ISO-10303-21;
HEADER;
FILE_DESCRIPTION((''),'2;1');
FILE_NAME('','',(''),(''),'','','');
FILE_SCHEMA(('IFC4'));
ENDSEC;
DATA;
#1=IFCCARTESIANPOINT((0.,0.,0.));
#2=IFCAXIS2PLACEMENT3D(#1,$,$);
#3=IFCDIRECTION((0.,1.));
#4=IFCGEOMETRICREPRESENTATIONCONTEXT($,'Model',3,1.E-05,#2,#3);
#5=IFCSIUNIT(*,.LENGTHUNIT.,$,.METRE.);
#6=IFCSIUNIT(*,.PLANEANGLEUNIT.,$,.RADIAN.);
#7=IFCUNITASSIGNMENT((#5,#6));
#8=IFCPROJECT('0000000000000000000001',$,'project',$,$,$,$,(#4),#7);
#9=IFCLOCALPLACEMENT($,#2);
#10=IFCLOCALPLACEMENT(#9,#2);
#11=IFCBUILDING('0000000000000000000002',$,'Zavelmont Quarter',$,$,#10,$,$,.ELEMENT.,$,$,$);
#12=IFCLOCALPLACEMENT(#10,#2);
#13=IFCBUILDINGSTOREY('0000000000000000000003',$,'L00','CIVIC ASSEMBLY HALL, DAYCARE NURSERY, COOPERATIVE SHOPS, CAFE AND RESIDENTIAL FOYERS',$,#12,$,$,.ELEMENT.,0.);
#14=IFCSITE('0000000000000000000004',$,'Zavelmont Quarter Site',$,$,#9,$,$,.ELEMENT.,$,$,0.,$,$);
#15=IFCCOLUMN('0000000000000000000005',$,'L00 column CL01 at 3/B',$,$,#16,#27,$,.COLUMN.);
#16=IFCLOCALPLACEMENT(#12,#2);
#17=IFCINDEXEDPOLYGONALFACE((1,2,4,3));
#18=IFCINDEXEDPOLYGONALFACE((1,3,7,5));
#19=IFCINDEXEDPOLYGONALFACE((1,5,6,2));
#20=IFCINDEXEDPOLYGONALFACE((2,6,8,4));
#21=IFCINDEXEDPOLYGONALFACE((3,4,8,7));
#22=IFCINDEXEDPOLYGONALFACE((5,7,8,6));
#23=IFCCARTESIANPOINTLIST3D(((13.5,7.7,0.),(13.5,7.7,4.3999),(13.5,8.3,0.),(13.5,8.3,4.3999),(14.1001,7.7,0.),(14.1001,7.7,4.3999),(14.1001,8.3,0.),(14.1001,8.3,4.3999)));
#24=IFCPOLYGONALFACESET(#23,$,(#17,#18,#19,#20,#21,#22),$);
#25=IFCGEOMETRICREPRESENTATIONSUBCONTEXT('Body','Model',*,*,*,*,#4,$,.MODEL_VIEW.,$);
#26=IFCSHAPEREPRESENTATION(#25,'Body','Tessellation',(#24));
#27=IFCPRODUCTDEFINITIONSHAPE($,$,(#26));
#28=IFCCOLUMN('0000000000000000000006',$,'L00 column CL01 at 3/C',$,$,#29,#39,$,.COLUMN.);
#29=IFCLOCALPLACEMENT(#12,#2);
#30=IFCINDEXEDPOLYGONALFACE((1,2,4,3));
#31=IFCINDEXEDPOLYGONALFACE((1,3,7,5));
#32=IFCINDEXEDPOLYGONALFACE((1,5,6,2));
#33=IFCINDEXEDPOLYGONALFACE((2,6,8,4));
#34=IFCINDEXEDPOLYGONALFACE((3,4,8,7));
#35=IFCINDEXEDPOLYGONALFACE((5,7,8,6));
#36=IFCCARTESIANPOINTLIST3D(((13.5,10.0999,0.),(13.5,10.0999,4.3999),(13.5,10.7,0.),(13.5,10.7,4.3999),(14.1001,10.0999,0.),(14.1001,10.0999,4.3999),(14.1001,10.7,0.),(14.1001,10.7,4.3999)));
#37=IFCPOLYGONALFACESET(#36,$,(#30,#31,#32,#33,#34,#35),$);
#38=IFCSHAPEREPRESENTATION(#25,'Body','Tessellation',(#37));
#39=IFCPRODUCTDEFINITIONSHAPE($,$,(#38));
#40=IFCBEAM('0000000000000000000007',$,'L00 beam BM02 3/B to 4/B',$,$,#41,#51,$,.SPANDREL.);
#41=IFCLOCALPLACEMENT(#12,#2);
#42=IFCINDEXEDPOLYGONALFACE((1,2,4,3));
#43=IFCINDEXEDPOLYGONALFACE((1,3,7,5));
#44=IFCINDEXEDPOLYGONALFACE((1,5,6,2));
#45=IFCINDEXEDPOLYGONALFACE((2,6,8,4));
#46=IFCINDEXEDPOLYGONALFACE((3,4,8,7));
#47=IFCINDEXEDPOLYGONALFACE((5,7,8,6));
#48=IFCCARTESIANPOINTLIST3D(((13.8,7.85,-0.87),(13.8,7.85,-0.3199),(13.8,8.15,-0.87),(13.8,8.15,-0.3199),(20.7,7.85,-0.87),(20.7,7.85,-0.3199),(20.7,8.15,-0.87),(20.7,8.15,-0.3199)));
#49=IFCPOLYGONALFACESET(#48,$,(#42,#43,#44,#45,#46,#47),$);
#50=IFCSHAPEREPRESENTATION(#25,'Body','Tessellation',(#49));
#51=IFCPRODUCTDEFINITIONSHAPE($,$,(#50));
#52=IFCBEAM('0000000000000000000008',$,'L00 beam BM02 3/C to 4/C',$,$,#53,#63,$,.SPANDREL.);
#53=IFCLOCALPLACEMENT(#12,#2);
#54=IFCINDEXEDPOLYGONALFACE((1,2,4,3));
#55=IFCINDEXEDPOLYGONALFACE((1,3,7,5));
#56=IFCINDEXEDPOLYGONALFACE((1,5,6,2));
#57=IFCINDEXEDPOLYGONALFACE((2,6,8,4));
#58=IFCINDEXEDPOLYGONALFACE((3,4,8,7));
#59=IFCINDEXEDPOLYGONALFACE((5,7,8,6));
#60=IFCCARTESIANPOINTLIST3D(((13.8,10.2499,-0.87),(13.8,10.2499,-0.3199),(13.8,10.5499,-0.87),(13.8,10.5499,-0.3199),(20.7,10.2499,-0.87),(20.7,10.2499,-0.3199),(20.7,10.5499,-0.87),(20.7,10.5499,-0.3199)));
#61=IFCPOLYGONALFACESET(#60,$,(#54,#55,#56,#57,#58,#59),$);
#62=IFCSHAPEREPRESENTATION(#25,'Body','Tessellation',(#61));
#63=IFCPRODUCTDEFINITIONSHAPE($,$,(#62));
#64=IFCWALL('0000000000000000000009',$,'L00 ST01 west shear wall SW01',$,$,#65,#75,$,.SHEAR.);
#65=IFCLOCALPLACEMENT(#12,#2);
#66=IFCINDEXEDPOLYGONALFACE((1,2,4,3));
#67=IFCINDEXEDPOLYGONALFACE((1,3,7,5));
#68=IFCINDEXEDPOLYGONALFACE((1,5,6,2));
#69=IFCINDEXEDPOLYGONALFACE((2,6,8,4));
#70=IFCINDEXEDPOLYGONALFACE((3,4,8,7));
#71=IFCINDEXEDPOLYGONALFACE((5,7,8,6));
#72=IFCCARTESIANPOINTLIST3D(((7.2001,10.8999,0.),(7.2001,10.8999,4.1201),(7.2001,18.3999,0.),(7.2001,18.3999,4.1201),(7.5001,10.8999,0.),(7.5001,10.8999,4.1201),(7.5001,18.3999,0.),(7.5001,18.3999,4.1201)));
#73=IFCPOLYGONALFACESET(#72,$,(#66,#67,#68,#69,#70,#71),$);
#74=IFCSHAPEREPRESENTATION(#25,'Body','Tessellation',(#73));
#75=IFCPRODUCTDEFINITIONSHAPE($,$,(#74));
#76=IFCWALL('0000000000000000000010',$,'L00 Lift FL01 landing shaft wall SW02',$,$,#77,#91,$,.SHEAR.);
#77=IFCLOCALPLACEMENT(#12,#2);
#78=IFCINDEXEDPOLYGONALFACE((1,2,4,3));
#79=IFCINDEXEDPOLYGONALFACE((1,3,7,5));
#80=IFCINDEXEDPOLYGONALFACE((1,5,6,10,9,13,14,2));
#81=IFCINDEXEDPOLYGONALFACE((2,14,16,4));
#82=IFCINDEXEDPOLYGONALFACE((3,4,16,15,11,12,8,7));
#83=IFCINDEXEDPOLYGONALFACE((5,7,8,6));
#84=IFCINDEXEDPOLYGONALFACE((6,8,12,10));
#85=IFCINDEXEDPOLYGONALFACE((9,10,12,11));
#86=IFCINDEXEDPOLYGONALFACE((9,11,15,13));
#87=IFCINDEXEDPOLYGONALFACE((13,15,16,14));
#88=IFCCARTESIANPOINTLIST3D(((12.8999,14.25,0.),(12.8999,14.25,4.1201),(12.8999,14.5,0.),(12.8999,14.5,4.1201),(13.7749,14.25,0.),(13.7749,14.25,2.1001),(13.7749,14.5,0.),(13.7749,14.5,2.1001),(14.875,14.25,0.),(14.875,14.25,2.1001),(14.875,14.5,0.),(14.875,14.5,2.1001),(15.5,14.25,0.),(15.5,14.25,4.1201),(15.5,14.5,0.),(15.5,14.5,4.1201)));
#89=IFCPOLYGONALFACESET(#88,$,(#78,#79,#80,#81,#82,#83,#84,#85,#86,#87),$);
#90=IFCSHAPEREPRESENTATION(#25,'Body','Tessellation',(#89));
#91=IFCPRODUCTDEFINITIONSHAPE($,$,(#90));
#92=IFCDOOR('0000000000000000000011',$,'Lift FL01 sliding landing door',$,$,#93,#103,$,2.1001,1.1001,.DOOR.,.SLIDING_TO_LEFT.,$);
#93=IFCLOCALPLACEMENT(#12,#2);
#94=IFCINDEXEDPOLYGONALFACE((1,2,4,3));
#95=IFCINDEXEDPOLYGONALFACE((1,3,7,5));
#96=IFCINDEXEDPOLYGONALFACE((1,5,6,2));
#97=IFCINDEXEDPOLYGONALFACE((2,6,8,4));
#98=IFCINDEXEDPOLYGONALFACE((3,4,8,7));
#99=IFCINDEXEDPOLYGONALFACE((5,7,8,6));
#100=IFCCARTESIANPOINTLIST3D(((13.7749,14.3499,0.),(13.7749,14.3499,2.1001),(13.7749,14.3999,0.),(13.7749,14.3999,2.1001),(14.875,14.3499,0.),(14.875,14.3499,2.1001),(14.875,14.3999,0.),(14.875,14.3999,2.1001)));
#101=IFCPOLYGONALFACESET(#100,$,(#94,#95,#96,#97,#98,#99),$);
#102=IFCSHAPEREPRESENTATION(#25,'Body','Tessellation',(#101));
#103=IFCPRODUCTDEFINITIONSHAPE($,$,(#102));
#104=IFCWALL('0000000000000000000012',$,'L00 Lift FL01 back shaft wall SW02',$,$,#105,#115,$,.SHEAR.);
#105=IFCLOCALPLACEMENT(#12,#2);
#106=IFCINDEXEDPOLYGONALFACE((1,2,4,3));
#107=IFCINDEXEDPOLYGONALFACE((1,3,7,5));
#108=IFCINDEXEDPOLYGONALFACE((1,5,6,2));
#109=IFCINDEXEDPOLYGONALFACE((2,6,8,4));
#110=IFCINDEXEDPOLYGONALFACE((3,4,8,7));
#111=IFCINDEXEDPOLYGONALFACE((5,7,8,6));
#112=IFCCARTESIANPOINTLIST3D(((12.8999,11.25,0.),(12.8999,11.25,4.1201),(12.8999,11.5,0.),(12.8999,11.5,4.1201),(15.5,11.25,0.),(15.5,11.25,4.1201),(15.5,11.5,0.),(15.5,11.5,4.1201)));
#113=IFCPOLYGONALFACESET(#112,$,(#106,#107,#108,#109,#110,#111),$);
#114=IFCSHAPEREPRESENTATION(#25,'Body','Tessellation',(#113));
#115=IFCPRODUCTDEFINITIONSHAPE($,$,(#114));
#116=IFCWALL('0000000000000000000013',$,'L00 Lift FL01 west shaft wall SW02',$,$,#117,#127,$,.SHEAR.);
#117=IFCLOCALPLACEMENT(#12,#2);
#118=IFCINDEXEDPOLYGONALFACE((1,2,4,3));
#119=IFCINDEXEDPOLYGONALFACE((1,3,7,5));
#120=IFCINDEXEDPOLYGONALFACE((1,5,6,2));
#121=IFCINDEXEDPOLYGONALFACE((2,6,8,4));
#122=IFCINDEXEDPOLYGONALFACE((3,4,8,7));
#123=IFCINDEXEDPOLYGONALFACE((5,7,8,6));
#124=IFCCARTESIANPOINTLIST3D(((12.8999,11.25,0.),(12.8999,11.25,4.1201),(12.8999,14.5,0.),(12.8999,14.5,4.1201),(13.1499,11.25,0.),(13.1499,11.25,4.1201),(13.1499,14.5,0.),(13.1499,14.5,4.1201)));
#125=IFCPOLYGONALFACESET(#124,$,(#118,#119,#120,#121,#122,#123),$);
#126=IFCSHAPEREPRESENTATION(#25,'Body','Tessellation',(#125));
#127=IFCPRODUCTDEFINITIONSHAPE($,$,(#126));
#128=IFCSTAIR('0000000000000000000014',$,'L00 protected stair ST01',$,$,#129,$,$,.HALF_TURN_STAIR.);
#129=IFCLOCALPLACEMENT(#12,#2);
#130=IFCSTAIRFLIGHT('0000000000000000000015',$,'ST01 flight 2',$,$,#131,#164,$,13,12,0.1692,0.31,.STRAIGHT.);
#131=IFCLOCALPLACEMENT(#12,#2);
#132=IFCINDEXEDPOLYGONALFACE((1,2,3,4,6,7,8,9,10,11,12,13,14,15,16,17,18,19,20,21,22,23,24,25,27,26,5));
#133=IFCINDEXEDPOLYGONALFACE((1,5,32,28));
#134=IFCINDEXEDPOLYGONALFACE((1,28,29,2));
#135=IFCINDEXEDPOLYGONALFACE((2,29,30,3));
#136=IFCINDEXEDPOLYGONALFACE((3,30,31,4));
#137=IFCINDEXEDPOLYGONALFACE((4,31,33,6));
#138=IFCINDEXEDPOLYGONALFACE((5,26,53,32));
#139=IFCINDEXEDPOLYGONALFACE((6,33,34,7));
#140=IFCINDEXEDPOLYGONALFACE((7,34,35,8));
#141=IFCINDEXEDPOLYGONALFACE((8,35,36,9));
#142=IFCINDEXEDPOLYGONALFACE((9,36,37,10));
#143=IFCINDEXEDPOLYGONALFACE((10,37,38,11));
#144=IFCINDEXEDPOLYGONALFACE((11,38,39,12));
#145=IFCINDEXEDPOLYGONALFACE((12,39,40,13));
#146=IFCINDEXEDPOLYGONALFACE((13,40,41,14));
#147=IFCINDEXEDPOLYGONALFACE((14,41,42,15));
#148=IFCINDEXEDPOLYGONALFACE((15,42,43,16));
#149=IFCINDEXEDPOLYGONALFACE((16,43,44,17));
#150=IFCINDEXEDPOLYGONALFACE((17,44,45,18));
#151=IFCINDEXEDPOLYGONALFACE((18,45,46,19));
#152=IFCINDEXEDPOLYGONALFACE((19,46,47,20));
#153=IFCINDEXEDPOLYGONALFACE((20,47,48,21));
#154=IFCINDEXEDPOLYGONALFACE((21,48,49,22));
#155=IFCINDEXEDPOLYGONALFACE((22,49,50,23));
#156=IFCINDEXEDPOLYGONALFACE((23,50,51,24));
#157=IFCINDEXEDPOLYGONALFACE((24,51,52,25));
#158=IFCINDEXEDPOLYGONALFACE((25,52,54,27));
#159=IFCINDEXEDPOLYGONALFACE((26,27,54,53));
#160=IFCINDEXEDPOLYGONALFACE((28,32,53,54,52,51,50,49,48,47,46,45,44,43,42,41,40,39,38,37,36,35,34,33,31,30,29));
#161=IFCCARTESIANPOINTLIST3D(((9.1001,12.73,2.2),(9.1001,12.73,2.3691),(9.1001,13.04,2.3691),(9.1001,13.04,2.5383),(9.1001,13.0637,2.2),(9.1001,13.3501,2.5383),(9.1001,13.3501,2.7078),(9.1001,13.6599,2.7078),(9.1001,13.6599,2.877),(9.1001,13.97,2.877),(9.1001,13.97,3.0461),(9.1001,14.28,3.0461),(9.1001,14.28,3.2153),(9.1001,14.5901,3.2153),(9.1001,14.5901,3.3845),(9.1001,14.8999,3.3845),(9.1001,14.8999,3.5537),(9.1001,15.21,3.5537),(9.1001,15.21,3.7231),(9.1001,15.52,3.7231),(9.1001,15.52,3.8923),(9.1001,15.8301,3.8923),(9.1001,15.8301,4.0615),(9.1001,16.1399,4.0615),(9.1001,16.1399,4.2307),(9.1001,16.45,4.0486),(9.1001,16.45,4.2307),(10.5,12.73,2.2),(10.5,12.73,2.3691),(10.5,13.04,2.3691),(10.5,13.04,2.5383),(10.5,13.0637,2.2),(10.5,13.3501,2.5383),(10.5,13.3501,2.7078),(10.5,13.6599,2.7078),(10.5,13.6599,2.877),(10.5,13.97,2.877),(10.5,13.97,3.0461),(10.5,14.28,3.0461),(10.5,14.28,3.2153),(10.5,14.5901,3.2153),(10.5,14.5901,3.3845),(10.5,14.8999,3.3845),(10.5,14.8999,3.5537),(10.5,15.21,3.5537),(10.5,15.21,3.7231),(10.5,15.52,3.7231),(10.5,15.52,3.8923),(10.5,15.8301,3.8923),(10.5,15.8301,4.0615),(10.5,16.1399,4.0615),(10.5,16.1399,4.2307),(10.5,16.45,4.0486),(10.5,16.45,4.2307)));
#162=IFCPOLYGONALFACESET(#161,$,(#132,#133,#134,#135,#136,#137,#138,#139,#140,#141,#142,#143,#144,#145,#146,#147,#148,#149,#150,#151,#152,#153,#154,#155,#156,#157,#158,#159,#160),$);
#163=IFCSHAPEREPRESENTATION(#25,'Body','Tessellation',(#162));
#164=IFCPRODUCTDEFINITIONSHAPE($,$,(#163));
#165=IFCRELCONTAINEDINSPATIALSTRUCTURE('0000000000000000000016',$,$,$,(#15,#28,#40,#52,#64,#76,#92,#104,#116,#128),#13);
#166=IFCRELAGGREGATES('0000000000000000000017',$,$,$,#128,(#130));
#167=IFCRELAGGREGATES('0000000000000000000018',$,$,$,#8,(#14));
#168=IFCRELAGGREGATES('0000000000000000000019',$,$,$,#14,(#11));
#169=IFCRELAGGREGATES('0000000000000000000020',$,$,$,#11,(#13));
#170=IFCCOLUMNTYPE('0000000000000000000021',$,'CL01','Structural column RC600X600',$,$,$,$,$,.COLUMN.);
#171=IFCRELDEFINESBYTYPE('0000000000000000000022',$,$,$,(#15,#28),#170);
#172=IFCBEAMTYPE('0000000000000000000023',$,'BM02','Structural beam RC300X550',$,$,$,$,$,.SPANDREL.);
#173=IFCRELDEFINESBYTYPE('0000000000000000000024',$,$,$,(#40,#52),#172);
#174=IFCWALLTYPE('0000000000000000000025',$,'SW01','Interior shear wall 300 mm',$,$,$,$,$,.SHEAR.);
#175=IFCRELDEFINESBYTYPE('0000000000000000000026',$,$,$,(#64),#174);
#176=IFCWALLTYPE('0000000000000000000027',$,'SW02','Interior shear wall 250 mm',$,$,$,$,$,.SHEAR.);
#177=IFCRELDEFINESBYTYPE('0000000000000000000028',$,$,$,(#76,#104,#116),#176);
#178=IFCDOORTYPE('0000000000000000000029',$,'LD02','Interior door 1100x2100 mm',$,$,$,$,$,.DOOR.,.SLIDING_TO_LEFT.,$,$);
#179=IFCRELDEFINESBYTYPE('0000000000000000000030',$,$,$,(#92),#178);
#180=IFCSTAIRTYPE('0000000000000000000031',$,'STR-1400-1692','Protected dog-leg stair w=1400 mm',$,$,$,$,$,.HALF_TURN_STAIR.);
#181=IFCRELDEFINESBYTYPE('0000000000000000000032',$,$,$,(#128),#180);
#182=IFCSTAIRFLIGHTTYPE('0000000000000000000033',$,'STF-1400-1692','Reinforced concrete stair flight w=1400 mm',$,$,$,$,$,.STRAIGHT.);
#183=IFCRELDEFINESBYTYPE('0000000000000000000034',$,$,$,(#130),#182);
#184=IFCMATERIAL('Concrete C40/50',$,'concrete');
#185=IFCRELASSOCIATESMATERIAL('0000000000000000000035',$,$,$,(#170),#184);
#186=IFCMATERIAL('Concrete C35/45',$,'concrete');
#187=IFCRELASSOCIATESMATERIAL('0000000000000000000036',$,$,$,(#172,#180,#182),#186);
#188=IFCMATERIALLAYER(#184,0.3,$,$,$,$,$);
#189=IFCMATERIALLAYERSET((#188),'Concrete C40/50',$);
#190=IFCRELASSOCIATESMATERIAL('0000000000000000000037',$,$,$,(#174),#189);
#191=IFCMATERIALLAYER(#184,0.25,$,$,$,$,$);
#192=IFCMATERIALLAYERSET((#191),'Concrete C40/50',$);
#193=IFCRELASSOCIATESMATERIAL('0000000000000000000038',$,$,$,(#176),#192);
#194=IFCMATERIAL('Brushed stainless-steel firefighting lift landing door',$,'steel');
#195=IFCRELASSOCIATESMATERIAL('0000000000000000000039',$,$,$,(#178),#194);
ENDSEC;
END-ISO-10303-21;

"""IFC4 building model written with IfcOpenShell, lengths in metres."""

from ifc_helpers import new_model, si_unit, direction, frame, frame_2d, origin, origin_with_axes, origin_2d, place, context, subcontext, project, spatial, polyline, rectangle, outline, extrude, material, layer, layer_set, material_profile, profile_set, type_object, element, fill, aggregate, save


model = new_model("IFC4")

# Units and contexts
model_context = context("Model", 3, precision=1e-05, world=origin(), true_north=direction((0.0, 1.0)))
body_context = subcontext(model_context, "Body", "Model", "MODEL_VIEW")
ifc_project = project(units=[si_unit("LENGTHUNIT", "METRE"), si_unit("PLANEANGLEUNIT", "RADIAN")], contexts=[model_context])

# Site, building, storey
site_placement = place(None, origin())
site = spatial("IfcSite", under=ifc_project, at=site_placement, Name="Zavelmont Quarter Site", CompositionType="ELEMENT", RefElevation=0.0)
building_placement = place(site_placement, origin())
building = spatial("IfcBuilding", under=site, at=building_placement, Name="Zavelmont Quarter", CompositionType="ELEMENT")
storey_placement = place(building_placement, origin())
storey = spatial("IfcBuildingStorey", under=building, at=storey_placement, Name="L00", Description="CIVIC ASSEMBLY HALL, DAYCARE NURSERY, COOPERATIVE SHOPS, CAFE AND RESIDENTIAL FOYERS", CompositionType="ELEMENT", Elevation=0.0)

# Columns
ifc_material_1 = material(Name="Concrete C40/50", Category="concrete")
ifc_material_profile_1 = material_profile(ifc_material_1, rectangle(XDim=0.6001, YDim=0.6001, at=origin_2d()), Name="RC600X600")
ifc_profile_set_1 = profile_set([ifc_material_profile_1], Name="Concrete C40/50")
column_type = type_object("IfcColumnType", Name="CL01", Description="Structural column RC600X600", PredefinedType="COLUMN", material=ifc_profile_set_1)
for number, where, z_axis, x_axis, name in (
    (1, (13.8, 8.0, 0.0), (0.0, 0.0, 1.0), (1.0, 0.0, 0.0), "L00 column CL01 at 3/B"),
    (2, (13.8, 10.3999, 0.0), (0.0, 0.0, 1.0), (1.0, 0.0, 0.0), "L00 column CL01 at 3/C"),
):
    element("IfcColumn", number, at=place(storey_placement, frame(where, z_axis=z_axis, x_axis=x_axis)), inside=storey, type_object=column_type, Name=name, PredefinedType="COLUMN", context=body_context, shape_type="SweptSolid", body=[
        extrude(rectangle(XDim=0.6001, YDim=0.6001, at=origin_2d()), origin(), (0.0, 0.0, 1.0), 4.3999),
    ])

# Beams
ifc_material_2 = material(Name="Concrete C35/45", Category="concrete")
ifc_material_profile_2 = material_profile(ifc_material_2, rectangle(XDim=0.3, YDim=0.55, at=origin_2d()), Name="RC300X550")
ifc_profile_set_2 = profile_set([ifc_material_profile_2], Name="Concrete C35/45")
beam_type = type_object("IfcBeamType", Name="BM02", Description="Structural beam RC300X550", PredefinedType="SPANDREL", material=ifc_profile_set_2)
for number, where, z_axis, x_axis, name in (
    (3, (13.8, 8.0, -0.595), (1.0, 0.0, 0.0), (0.0, 1.0, 0.0), "L00 beam BM02 3/B to 4/B"),
    (4, (13.8, 10.3999, -0.595), (1.0, 0.0, 0.0), (0.0, 1.0, 0.0), "L00 beam BM02 3/C to 4/C"),
):
    element("IfcBeam", number, at=place(storey_placement, frame(where, z_axis=z_axis, x_axis=x_axis)), inside=storey, type_object=beam_type, Name=name, PredefinedType="SPANDREL", context=body_context, shape_type="SweptSolid", body=[
        extrude(rectangle(XDim=0.3, YDim=0.55, at=origin_2d()), origin(), (0.0, 0.0, 1.0), 6.8999),
    ])

# Wall
ifc_layer_1 = layer(ifc_material_1, 0.3)
ifc_layer_set_1 = layer_set([ifc_layer_1], Name="Concrete C40/50")
wall_type_1 = type_object("IfcWallType", Name="SW01", Description="Interior shear wall 300 mm", PredefinedType="SHEAR", material=ifc_layer_set_1)
wall_1_placement = place(storey_placement, frame((7.3501, 10.8999, 0.0), z_axis=(0.0, 0.0, 1.0), x_axis=(0.0, 1.0, 0.0)))
element("IfcWall", 5, at=wall_1_placement, inside=storey, type_object=wall_type_1, Name="L00 ST01 west shear wall SW01", PredefinedType="SHEAR", context=body_context, shape_type="SweptSolid", body=[
    extrude(rectangle(XDim=7.5, YDim=0.3, at=frame_2d((3.75, 0.0))), origin(), (0.0, 0.0, 1.0), 4.1201),
])

# Wall, opening, door
ifc_layer_2 = layer(ifc_material_1, 0.25)
ifc_layer_set_2 = layer_set([ifc_layer_2], Name="Concrete C40/50")
wall_type_2 = type_object("IfcWallType", Name="SW02", Description="Interior shear wall 250 mm", PredefinedType="SHEAR", material=ifc_layer_set_2)
wall_2_placement = place(storey_placement, frame((12.8999, 14.375, 0.0), z_axis=(0.0, 0.0, 1.0), x_axis=(1.0, 0.0, 0.0)))
wall_2 = element("IfcWall", 6, at=wall_2_placement, inside=storey, type_object=wall_type_2, Name="L00 Lift FL01 landing shaft wall SW02", PredefinedType="SHEAR", context=body_context, shape_type="SweptSolid", body=[
    extrude(rectangle(XDim=2.6001, YDim=0.25, at=frame_2d((1.3, 0.0))), origin(), (0.0, 0.0, 1.0), 4.1201),
])
opening_1_placement = place(wall_2_placement, frame((0.875, 0.0, 0.0)))
opening_1 = element("IfcOpeningElement", 7, at=opening_1_placement, cuts=wall_2, PredefinedType="OPENING", context=body_context, shape_type="SweptSolid", body=[
    extrude(rectangle(XDim=1.1001, YDim=2.1001, at=frame_2d((0.55, 1.05))), frame((0.0, 0.137, 0.0), z_axis=(0.0, -1.0, 0.0), x_axis=(1.0, 0.0, 0.0)), (0.0, 0.0, 1.0), 0.2739),
])
ifc_material_3 = material(Name="Brushed stainless-steel firefighting lift landing door", Category="steel")
door_type_1 = type_object("IfcDoorType", Name="LD02", Description="Interior door 1100x2100 mm", OperationType="SLIDING_TO_LEFT", PredefinedType="DOOR", material=ifc_material_3)
door_1_placement = place(opening_1_placement, origin_with_axes())
door_1 = element("IfcDoor", 8, at=door_1_placement, inside=storey, type_object=door_type_1, Name="Lift FL01 sliding landing door", OperationType="SLIDING_TO_LEFT", OverallHeight=2.1001, OverallWidth=1.1001, PredefinedType="DOOR", context=body_context, shape_type="SweptSolid", body=[
    extrude(rectangle(XDim=1.1001, YDim=2.1001, at=frame_2d((0.55, 1.05))), frame((0.0, 0.0249, 0.0), z_axis=(0.0, -1.0, 0.0), x_axis=(1.0, 0.0, 0.0)), (0.0, 0.0, 1.0), 0.05),
])
fill(opening_1, door_1)

# Walls
wall_3_placement = place(storey_placement, frame((12.8999, 11.375, 0.0), z_axis=(0.0, 0.0, 1.0), x_axis=(1.0, 0.0, 0.0)))
element("IfcWall", 9, at=wall_3_placement, inside=storey, type_object=wall_type_2, Name="L00 Lift FL01 back shaft wall SW02", PredefinedType="SHEAR", context=body_context, shape_type="SweptSolid", body=[
    extrude(rectangle(XDim=2.6001, YDim=0.25, at=frame_2d((1.3, 0.0))), origin(), (0.0, 0.0, 1.0), 4.1201),
])
wall_4_placement = place(storey_placement, frame((13.0249, 11.25, 0.0), z_axis=(0.0, 0.0, 1.0), x_axis=(0.0, 1.0, 0.0)))
element("IfcWall", 10, at=wall_4_placement, inside=storey, type_object=wall_type_2, Name="L00 Lift FL01 west shaft wall SW02", PredefinedType="SHEAR", context=body_context, shape_type="SweptSolid", body=[
    extrude(rectangle(XDim=3.25, YDim=0.25, at=frame_2d((1.625, 0.0))), origin(), (0.0, 0.0, 1.0), 4.1201),
])

# Stair, stair flight
stair_type = type_object("IfcStairType", Name="STR-1400-1692", Description="Protected dog-leg stair w=1400 mm", PredefinedType="HALF_TURN_STAIR", material=ifc_material_2)
stair_placement = place(storey_placement, origin())
stair = element("IfcStair", 11, at=stair_placement, inside=storey, type_object=stair_type, Name="L00 protected stair ST01", PredefinedType="HALF_TURN_STAIR")
stair_flight_type = type_object("IfcStairFlightType", Name="STF-1400-1692", Description="Reinforced concrete stair flight w=1400 mm", PredefinedType="STRAIGHT", material=ifc_material_2)
stair_flight_placement = place(storey_placement, frame((9.8, 12.73, 2.2), z_axis=(0.0, 0.0, 1.0), x_axis=(0.0, 1.0, 0.0)))
stair_flight = element("IfcStairFlight", 12, at=stair_flight_placement, type_object=stair_flight_type, Name="ST01 flight 2", NumberOfRisers=13, NumberOfTreads=12, PredefinedType="STRAIGHT", RiserHeight=0.1692, TreadLength=0.31, context=body_context, shape_type="SweptSolid", body=[
    extrude(outline(polyline([(0.0, 0.0), (0.0, 0.1692), (0.3101, 0.1692), (0.3101, 0.3384), (0.6201, 0.3384), (0.6201, 0.5078), (0.9299, 0.5078), (0.9299, 0.677), (1.24, 0.677), (1.24, 0.8462), (1.55, 0.8462), (1.55, 1.0154), (1.8601, 1.0154), (1.8601, 1.1846), (2.1699, 1.1846), (2.1699, 1.3538), (2.48, 1.3538), (2.48, 1.5232), (2.79, 1.5232), (2.79, 1.6924), (3.1001, 1.6924), (3.1001, 1.8616), (3.4099, 1.8616), (3.4099, 2.0308), (3.72, 2.0308), (3.72, 2.2), (3.72, 1.8486), (0.3337, 0.0), (0.0, 0.0)])), frame((0.0, 0.7, 0.0), z_axis=(0.0, -1.0, 0.0), x_axis=(1.0, 0.0, 0.0)), (0.0, 0.0, 1.0), 1.3999),
])
aggregate(stair, [stair_flight])

save(model, "model.ifc")
